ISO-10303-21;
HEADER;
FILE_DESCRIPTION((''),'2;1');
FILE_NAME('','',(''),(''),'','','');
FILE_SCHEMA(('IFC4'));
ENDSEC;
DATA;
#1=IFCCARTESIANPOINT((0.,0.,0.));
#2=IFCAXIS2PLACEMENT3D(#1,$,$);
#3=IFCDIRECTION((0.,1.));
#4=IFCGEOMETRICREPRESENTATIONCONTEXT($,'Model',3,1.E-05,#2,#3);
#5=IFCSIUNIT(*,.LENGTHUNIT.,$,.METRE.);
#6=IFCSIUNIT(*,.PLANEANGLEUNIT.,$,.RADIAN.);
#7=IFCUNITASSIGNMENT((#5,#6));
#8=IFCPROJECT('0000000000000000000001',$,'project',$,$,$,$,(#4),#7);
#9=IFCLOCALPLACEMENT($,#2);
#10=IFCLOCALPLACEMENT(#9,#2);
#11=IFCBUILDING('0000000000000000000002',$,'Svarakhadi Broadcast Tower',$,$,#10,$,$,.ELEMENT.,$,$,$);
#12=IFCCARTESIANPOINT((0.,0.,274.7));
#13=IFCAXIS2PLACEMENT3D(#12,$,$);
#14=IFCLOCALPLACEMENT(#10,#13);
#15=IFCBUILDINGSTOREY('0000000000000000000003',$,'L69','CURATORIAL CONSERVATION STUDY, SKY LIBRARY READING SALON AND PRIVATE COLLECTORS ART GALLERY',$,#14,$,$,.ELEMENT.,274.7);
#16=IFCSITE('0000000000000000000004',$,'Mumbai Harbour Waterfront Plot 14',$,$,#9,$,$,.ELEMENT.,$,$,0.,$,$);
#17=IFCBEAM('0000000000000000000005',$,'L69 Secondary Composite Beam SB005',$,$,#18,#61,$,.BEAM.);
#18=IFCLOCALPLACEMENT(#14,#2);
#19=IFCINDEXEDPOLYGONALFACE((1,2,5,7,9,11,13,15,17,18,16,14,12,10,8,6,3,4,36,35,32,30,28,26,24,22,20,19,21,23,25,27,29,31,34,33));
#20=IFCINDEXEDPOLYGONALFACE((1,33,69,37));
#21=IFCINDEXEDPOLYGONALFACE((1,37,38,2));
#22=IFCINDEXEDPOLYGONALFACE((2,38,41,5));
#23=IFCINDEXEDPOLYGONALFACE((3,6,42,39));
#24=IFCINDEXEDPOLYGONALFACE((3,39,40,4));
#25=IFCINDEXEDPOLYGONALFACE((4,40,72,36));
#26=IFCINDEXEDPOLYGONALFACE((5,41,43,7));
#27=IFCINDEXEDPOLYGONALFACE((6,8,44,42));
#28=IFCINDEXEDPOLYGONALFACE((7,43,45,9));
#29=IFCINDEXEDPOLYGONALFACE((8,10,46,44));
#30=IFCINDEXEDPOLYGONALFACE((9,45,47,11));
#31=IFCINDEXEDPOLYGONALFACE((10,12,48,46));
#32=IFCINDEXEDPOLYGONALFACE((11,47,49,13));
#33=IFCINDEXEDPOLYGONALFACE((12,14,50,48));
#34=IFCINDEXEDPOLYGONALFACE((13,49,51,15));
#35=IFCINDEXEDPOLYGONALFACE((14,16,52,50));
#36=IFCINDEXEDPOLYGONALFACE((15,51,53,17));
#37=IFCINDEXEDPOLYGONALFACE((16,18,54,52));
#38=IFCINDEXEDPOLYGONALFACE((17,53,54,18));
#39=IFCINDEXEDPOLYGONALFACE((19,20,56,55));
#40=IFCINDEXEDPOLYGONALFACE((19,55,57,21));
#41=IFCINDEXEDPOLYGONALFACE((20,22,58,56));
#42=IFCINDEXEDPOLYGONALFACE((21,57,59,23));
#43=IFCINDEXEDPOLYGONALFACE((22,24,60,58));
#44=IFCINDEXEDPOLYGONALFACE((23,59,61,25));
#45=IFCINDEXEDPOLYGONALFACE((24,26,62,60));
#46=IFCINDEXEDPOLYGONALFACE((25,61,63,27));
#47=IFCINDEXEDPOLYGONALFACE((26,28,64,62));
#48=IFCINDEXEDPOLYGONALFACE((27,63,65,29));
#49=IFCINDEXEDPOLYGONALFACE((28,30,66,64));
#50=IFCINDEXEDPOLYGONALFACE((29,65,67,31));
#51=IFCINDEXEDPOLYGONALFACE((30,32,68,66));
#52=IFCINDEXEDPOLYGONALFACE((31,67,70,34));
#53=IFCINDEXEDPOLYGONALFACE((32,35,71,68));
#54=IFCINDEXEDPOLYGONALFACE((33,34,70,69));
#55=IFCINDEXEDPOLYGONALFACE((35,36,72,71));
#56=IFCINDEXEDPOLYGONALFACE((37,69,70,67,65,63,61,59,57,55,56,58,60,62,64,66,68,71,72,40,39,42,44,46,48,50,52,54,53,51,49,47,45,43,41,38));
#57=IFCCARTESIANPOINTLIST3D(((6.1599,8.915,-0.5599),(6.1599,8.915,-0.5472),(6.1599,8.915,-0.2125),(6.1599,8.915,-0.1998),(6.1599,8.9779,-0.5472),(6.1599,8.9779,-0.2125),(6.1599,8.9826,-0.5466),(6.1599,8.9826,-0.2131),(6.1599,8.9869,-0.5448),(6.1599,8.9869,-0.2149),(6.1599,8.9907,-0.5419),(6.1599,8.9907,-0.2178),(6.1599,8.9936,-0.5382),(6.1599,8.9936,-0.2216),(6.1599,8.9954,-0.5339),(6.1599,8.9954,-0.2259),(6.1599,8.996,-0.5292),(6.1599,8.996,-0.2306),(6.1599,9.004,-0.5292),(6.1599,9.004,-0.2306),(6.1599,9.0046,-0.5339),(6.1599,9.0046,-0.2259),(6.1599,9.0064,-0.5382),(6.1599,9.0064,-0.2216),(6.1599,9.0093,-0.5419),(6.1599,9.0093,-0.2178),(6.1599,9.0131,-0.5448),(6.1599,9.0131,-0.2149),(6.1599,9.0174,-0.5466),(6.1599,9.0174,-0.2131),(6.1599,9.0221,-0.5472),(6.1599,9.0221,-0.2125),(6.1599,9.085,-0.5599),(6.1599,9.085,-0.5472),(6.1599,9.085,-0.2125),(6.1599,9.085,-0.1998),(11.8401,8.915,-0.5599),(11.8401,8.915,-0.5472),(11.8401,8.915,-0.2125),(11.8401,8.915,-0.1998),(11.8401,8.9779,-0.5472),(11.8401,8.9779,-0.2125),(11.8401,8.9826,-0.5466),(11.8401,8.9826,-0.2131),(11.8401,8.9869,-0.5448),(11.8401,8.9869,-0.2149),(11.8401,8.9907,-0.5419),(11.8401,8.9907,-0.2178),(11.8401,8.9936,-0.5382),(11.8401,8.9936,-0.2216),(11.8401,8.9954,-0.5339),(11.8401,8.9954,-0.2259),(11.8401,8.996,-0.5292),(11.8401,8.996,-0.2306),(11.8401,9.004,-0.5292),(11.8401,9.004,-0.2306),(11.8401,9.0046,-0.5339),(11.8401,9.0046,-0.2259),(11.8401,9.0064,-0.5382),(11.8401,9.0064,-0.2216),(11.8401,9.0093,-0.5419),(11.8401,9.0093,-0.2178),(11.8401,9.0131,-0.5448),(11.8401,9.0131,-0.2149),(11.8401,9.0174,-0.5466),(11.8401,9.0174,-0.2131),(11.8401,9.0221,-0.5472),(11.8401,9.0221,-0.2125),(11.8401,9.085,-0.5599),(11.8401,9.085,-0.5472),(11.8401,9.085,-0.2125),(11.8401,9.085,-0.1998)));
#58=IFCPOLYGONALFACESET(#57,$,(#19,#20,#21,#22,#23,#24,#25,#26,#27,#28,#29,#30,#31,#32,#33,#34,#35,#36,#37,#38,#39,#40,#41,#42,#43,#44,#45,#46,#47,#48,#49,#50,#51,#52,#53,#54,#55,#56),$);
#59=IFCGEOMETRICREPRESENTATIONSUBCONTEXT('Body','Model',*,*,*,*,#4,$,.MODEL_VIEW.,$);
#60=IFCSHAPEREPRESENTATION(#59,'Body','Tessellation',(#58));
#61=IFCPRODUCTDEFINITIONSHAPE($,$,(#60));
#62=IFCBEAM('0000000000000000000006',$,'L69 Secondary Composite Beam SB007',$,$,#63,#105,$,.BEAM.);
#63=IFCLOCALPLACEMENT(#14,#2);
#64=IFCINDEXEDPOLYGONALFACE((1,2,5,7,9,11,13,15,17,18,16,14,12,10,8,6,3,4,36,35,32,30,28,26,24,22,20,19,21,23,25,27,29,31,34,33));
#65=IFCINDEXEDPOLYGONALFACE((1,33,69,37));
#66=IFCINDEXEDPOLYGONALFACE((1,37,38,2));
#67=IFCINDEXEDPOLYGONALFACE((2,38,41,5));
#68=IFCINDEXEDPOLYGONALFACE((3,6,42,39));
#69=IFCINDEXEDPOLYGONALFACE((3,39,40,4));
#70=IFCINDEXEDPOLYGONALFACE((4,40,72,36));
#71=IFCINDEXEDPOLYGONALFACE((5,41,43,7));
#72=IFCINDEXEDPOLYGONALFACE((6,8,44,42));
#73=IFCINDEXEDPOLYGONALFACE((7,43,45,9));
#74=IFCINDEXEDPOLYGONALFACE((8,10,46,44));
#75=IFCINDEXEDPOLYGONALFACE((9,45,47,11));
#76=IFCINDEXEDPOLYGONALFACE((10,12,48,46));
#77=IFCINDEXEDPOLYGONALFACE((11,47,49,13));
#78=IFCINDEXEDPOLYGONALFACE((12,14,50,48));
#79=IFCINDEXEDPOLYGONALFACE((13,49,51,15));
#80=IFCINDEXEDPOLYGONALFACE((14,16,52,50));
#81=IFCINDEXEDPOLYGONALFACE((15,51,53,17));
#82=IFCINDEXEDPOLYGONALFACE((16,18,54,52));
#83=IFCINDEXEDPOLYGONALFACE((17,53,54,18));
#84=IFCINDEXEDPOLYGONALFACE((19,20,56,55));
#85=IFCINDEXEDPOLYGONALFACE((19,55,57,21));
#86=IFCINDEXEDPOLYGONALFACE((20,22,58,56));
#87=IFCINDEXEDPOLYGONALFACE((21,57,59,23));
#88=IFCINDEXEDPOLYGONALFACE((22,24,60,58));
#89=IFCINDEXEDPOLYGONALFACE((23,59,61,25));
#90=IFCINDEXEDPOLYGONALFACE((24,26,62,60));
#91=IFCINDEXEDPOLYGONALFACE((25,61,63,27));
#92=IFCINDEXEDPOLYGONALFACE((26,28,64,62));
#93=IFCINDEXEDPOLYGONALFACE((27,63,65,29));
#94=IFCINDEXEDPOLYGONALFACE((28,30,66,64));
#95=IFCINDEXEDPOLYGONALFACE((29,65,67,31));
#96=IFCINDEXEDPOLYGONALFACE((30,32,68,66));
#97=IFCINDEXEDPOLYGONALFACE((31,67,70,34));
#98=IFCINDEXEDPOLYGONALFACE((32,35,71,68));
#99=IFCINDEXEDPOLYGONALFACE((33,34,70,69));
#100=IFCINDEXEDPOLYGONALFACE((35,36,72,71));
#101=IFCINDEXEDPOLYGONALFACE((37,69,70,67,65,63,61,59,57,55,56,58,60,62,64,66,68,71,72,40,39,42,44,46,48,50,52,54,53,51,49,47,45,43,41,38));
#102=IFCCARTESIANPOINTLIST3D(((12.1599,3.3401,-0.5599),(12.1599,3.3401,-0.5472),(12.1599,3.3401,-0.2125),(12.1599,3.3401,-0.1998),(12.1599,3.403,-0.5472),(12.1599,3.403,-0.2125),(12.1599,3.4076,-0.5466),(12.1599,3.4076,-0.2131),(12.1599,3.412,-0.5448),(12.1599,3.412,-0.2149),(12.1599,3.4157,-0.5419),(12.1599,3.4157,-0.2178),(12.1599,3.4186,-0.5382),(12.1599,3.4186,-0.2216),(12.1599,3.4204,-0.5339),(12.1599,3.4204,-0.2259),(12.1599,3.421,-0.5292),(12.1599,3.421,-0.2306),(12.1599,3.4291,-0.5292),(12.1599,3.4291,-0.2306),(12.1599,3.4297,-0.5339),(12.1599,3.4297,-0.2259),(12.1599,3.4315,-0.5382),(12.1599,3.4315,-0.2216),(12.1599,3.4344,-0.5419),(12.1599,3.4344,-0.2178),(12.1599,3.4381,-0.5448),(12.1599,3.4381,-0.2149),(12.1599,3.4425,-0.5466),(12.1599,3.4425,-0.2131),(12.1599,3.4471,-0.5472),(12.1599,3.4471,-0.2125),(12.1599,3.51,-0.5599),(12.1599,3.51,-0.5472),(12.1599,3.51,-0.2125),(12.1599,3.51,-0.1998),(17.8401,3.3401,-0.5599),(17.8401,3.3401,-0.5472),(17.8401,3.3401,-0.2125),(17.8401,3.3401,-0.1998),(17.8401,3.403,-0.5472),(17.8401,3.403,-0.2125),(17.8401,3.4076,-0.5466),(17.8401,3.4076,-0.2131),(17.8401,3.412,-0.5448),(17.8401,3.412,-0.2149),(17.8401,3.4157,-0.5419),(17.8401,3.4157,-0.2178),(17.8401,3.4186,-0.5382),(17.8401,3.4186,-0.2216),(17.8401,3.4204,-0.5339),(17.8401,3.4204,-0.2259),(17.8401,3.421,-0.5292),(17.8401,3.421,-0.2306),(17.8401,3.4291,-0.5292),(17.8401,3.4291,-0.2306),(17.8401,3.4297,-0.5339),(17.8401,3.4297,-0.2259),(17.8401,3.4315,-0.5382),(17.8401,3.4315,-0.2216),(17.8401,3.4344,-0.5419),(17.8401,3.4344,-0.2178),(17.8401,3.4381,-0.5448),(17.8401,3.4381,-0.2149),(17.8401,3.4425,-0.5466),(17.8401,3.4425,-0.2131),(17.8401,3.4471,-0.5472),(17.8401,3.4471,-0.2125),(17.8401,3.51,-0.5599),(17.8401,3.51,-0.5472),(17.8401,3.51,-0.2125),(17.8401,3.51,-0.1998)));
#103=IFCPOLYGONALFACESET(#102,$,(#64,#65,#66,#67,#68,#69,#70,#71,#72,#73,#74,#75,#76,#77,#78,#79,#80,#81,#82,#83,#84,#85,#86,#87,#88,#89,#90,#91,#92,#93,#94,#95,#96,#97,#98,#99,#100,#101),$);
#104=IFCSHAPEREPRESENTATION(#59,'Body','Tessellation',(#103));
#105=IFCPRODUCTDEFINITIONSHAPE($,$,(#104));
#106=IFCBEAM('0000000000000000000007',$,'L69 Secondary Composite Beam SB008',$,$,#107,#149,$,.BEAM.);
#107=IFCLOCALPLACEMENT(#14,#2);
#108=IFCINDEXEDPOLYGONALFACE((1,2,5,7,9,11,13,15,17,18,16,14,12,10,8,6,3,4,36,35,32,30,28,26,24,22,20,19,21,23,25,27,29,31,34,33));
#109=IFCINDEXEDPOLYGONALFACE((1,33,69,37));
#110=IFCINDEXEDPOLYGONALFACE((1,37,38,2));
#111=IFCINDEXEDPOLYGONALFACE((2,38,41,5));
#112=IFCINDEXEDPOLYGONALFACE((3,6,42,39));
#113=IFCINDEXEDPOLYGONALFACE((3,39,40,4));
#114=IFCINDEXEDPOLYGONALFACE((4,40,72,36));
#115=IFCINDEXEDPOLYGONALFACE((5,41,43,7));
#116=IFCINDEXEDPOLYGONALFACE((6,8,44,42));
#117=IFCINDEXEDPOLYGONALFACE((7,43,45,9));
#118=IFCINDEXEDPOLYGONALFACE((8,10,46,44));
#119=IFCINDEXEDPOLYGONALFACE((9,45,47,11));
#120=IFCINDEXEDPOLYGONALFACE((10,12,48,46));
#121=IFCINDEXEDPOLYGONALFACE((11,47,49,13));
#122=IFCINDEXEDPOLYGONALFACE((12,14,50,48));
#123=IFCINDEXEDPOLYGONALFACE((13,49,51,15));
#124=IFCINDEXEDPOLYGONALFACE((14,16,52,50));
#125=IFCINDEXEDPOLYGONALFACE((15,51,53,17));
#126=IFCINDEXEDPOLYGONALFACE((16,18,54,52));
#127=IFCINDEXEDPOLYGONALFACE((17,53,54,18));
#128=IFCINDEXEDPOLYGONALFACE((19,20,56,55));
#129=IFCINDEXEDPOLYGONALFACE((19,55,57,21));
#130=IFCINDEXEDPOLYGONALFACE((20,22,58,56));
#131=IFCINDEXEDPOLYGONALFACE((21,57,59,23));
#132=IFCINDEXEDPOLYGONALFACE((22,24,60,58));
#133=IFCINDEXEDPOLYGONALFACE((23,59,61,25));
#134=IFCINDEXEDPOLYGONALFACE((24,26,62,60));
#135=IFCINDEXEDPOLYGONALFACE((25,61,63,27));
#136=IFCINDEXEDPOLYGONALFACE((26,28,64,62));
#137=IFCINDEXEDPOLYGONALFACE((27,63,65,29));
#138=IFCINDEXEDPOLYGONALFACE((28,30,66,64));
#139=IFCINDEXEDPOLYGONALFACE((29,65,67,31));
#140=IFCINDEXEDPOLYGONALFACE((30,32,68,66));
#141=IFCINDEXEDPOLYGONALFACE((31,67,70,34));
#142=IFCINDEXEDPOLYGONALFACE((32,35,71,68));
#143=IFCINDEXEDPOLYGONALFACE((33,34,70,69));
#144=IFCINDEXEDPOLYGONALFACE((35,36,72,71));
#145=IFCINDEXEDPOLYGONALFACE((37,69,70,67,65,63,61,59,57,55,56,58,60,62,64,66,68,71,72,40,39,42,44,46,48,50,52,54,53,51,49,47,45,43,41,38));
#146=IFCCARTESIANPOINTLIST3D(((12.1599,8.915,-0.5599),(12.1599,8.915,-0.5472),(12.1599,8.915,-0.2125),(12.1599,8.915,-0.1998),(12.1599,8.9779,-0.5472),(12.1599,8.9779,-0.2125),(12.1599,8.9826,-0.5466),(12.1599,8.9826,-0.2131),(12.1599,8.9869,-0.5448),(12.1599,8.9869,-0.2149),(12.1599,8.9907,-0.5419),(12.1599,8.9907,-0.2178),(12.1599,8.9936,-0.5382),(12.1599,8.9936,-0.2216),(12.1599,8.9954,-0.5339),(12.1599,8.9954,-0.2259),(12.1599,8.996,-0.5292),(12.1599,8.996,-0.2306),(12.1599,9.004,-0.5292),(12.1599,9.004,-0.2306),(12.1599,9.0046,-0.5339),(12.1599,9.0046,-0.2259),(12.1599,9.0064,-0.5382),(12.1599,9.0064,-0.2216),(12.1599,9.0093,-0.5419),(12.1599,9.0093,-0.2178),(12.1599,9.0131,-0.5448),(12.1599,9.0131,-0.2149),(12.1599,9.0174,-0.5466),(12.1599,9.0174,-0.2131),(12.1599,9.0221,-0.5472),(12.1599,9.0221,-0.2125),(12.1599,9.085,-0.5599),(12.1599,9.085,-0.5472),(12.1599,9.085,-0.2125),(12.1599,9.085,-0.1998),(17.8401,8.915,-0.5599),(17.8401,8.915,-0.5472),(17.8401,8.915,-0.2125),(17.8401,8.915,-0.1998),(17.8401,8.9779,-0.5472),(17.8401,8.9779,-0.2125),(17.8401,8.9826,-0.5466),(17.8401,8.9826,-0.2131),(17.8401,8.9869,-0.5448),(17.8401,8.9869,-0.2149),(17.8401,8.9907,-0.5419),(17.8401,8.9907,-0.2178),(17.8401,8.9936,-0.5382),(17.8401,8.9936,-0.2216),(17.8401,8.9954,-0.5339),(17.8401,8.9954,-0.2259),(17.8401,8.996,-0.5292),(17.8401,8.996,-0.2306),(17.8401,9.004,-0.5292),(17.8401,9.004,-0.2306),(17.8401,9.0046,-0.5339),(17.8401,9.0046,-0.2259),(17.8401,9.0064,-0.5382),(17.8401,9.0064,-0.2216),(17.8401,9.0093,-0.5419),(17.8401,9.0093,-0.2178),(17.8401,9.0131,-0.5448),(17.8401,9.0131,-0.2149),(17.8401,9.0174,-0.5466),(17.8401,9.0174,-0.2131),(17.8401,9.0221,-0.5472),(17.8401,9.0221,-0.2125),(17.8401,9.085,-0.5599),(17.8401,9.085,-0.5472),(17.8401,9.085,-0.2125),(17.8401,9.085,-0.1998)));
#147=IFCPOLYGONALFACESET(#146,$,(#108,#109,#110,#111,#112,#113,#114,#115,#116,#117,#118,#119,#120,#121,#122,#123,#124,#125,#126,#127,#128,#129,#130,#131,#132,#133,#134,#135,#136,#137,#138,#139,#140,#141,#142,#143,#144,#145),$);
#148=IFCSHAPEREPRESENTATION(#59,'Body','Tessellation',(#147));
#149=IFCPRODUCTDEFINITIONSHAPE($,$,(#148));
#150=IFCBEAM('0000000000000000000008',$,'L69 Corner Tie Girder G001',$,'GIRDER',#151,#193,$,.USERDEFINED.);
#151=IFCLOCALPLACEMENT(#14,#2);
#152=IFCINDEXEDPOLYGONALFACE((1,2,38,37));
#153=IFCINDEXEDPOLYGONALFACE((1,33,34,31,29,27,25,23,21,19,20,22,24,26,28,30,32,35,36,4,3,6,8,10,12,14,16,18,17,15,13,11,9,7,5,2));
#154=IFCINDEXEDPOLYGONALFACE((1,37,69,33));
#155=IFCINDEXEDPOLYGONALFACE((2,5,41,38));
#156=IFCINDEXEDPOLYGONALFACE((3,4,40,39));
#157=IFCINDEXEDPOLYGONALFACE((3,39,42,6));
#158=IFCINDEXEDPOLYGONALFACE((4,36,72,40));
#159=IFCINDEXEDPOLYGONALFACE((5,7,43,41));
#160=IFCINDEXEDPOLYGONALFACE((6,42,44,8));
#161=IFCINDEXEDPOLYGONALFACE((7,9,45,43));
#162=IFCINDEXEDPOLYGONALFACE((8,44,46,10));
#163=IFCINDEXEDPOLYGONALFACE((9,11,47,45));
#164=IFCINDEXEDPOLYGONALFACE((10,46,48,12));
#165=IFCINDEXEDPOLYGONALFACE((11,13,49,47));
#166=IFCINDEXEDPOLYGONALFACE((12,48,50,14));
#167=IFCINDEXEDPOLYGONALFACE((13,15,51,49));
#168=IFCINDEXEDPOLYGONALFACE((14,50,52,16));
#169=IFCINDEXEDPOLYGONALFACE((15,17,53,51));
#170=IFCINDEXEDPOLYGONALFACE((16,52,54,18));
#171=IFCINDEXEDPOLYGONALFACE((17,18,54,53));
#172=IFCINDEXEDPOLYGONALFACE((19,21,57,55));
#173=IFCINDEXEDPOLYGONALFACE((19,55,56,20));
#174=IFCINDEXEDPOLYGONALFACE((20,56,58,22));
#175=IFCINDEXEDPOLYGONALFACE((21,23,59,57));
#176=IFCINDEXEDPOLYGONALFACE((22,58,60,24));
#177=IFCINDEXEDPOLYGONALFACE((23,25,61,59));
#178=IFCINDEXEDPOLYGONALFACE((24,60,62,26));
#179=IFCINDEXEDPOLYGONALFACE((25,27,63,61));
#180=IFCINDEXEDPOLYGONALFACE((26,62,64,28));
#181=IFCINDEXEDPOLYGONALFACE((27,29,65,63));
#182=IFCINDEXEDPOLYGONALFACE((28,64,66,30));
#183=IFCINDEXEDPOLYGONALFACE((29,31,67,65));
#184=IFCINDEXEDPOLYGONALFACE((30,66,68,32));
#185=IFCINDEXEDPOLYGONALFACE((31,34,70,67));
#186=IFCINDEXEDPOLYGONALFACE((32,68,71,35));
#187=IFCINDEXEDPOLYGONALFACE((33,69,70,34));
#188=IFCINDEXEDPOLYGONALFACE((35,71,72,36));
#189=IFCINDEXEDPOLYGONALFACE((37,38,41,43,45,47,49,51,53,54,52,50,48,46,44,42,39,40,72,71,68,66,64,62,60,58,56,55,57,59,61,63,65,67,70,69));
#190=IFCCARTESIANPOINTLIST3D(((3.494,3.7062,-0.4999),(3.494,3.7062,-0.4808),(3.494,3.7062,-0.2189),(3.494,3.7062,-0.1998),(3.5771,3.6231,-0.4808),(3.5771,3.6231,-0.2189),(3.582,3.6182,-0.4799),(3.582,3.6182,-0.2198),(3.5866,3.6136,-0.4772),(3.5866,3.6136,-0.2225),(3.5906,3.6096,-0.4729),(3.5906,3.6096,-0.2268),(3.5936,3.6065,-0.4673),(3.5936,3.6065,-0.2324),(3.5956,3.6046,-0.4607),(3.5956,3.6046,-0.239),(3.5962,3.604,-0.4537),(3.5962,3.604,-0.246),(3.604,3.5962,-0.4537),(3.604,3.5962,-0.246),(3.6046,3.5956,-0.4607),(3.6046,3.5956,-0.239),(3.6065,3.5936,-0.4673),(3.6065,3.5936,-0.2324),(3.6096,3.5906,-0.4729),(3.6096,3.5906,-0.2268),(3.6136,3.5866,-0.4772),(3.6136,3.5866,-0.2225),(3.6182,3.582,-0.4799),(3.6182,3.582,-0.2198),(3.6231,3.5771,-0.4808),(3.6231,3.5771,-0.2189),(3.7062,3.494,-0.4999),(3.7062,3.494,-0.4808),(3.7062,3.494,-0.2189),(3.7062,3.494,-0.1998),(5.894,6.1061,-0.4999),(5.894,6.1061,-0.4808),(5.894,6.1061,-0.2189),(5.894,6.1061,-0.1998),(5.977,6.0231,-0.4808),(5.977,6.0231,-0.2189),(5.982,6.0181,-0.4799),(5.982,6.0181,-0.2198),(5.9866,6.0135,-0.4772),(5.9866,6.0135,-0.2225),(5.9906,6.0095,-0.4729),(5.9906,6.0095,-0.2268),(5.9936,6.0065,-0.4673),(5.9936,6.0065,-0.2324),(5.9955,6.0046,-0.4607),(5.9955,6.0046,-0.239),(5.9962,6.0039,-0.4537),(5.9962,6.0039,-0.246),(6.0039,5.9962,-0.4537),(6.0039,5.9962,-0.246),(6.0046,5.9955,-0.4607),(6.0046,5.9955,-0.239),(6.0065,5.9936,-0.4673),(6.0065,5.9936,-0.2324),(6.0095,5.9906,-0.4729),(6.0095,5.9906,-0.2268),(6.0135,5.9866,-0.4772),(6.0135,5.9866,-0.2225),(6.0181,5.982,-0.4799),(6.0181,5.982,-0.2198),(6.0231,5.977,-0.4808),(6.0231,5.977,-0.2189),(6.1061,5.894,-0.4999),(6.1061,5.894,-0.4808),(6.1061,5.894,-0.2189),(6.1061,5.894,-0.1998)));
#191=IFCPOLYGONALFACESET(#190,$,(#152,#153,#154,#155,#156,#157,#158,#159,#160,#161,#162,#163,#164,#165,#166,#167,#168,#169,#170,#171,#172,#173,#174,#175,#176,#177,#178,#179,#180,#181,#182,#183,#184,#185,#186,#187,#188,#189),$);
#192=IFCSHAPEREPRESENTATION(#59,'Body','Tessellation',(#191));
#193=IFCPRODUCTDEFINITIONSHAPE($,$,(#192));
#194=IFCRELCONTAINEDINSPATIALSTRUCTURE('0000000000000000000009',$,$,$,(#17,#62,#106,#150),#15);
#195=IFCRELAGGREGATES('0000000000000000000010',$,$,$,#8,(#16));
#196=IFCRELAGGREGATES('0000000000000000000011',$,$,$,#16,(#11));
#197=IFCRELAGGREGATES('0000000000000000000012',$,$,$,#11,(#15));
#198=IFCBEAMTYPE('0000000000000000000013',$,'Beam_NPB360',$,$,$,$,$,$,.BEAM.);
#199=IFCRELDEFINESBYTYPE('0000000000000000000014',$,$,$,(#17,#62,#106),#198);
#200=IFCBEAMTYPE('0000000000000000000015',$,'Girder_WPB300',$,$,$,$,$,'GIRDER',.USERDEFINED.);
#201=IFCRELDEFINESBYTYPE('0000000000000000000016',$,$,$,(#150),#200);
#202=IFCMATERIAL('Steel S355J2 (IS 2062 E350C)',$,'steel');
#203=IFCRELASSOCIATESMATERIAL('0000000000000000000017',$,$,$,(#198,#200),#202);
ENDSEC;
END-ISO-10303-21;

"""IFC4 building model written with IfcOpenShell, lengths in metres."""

from ifc_helpers import new_model, si_unit, direction, frame, origin, origin_2d, place, context, subcontext, project, spatial, i_section, extrude, material, material_profile, profile_set, type_object, element, save


model = new_model("IFC4")

# Units and contexts
model_context = context("Model", 3, precision=1e-05, world=origin(), true_north=direction((0.0, 1.0)))
body_context = subcontext(model_context, "Body", "Model", "MODEL_VIEW")
ifc_project = project(units=[si_unit("LENGTHUNIT", "METRE"), si_unit("PLANEANGLEUNIT", "RADIAN")], contexts=[model_context])

# Site, building, storey
site_placement = place(None, origin())
site = spatial("IfcSite", under=ifc_project, at=site_placement, Name="Mumbai Harbour Waterfront Plot 14", CompositionType="ELEMENT", RefElevation=0.0)
building_placement = place(site_placement, origin())
building = spatial("IfcBuilding", under=site, at=building_placement, Name="Svarakhadi Broadcast Tower", CompositionType="ELEMENT")
storey_placement = place(building_placement, frame((0.0, 0.0, 274.7)))
storey = spatial("IfcBuildingStorey", under=building, at=storey_placement, Name="L69", Description="CURATORIAL CONSERVATION STUDY, SKY LIBRARY READING SALON AND PRIVATE COLLECTORS ART GALLERY", CompositionType="ELEMENT", Elevation=274.7)

# Beams
ifc_material_1 = material(Name="Steel S355J2 (IS 2062 E350C)", Category="steel")
ifc_material_profile_1 = material_profile(ifc_material_1, i_section(OverallWidth=0.1699, OverallDepth=0.3601, WebThickness=0.0081, FlangeThickness=0.0127, FilletRadius=0.0181, at=origin_2d()), Name="NPB 360x170x57")
ifc_profile_set_1 = profile_set([ifc_material_profile_1], Name="Steel S355J2 (IS 2062 E350C)")
beam_type_1 = type_object("IfcBeamType", Name="Beam_NPB360", PredefinedType="BEAM", material=ifc_profile_set_1)
for number, where, z_axis, x_axis, name in (
    (1, (6.1599, 9.0, -0.3799), (1.0, 0.0, 0.0), (0.0, 1.0, 0.0), "L69 Secondary Composite Beam SB005"),
    (2, (12.1599, 3.425, -0.3799), (1.0, 0.0, 0.0), (0.0, 1.0, 0.0), "L69 Secondary Composite Beam SB007"),
    (3, (12.1599, 9.0, -0.3799), (1.0, 0.0, 0.0), (0.0, 1.0, 0.0), "L69 Secondary Composite Beam SB008"),
):
    element("IfcBeam", number, at=place(storey_placement, frame(where, z_axis=z_axis, x_axis=x_axis)), inside=storey, type_object=beam_type_1, Name=name, PredefinedType="BEAM", context=body_context, shape_type="SweptSolid", body=[
        extrude(i_section(OverallWidth=0.1699, OverallDepth=0.3601, WebThickness=0.0081, FlangeThickness=0.0127, FilletRadius=0.0181, at=origin_2d()), origin(), (0.0, 0.0, 1.0), 5.6802),
    ])
ifc_material_profile_2 = material_profile(ifc_material_1, i_section(OverallWidth=0.3, OverallDepth=0.3, WebThickness=0.011, FlangeThickness=0.019, FilletRadius=0.0271, at=origin_2d()), Name="WPB 300x300x117")
ifc_profile_set_2 = profile_set([ifc_material_profile_2], Name="Steel S355J2 (IS 2062 E350C)")
beam_type_2 = type_object("IfcBeamType", Name="Girder_WPB300", ElementType="GIRDER", PredefinedType="USERDEFINED", material=ifc_profile_set_2)
beam_1_placement = place(storey_placement, frame((3.6001, 3.6001, -0.3499), z_axis=(0.707107, 0.707107, 0.0), x_axis=(-0.707107, 0.707107, 0.0)))
element("IfcBeam", 4, at=beam_1_placement, inside=storey, type_object=beam_type_2, Name="L69 Corner Tie Girder G001", ObjectType="GIRDER", PredefinedType="USERDEFINED", context=body_context, shape_type="SweptSolid", body=[
    extrude(i_section(OverallWidth=0.3, OverallDepth=0.3, WebThickness=0.011, FlangeThickness=0.019, FilletRadius=0.0271, at=origin_2d()), origin(), (0.0, 0.0, 1.0), 3.394),
])

save(model, "model.ifc")
